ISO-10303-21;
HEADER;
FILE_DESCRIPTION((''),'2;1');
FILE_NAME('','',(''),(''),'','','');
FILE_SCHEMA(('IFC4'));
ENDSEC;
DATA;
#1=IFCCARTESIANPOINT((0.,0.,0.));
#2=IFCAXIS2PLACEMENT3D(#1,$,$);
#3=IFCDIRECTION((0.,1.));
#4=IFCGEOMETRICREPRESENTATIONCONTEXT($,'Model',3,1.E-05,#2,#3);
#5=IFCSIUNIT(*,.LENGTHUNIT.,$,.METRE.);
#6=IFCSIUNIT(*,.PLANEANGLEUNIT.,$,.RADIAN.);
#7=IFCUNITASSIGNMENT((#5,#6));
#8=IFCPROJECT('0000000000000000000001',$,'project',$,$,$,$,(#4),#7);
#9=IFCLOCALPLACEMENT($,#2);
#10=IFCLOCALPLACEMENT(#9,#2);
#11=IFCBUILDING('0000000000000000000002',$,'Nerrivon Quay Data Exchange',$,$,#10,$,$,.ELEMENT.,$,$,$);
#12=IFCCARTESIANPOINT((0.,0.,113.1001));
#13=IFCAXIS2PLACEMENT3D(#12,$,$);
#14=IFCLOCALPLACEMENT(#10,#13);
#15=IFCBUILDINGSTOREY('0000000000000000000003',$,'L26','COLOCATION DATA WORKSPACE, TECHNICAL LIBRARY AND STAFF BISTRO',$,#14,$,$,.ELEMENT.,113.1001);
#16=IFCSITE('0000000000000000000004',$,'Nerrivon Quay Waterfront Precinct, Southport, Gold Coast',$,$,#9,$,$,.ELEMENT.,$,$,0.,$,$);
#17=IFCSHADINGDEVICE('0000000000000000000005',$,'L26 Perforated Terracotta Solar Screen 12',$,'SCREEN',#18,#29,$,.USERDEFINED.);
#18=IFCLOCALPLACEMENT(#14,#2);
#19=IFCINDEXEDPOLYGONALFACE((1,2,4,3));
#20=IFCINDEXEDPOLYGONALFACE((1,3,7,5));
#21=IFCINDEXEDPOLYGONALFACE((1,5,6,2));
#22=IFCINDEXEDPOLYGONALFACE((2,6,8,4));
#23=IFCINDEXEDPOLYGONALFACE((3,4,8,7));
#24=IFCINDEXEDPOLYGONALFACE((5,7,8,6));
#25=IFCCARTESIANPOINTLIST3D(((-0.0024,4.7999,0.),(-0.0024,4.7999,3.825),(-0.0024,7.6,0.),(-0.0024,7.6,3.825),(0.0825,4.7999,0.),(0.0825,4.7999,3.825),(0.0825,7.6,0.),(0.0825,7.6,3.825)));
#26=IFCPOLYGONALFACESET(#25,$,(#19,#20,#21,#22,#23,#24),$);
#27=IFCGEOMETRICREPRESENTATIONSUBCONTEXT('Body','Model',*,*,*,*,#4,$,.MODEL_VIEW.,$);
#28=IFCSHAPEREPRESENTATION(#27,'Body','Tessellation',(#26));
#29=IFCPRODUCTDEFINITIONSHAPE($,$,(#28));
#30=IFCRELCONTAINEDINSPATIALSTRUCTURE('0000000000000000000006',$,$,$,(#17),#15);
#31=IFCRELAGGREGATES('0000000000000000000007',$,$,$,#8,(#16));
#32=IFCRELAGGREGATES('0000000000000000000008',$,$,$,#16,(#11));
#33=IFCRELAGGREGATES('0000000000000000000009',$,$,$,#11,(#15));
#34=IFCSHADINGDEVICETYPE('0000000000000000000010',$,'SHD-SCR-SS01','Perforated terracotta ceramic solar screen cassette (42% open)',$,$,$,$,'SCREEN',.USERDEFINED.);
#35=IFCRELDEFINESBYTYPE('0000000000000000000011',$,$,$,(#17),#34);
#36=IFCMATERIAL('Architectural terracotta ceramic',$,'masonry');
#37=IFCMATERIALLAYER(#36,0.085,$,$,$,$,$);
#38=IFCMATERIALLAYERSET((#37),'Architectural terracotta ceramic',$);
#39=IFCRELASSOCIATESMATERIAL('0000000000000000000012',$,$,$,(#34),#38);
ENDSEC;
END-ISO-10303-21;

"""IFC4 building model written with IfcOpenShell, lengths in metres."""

from ifc_helpers import new_model, si_unit, direction, frame, origin, origin_2d, place, context, subcontext, project, spatial, rectangle, extrude, material, layer, layer_set, type_object, element, save


model = new_model("IFC4")

# Units and contexts
model_context = context("Model", 3, precision=1e-05, world=origin(), true_north=direction((0.0, 1.0)))
body_context = subcontext(model_context, "Body", "Model", "MODEL_VIEW")
ifc_project = project(units=[si_unit("LENGTHUNIT", "METRE"), si_unit("PLANEANGLEUNIT", "RADIAN")], contexts=[model_context])

# Site, building, storey
site_placement = place(None, origin())
site = spatial("IfcSite", under=ifc_project, at=site_placement, Name="Nerrivon Quay Waterfront Precinct, Southport, Gold Coast", CompositionType="ELEMENT", RefElevation=0.0)
building_placement = place(site_placement, origin())
building = spatial("IfcBuilding", under=site, at=building_placement, Name="Nerrivon Quay Data Exchange", CompositionType="ELEMENT")
storey_placement = place(building_placement, frame((0.0, 0.0, 113.1001)))
storey = spatial("IfcBuildingStorey", under=building, at=storey_placement, Name="L26", Description="COLOCATION DATA WORKSPACE, TECHNICAL LIBRARY AND STAFF BISTRO", CompositionType="ELEMENT", Elevation=113.1001)

# Shared definitions
ifc_material_1 = material(Name="Architectural terracotta ceramic", Category="masonry")

# Shading device
ifc_layer_1 = layer(ifc_material_1, 0.085)
ifc_layer_set_1 = layer_set([ifc_layer_1], Name="Architectural terracotta ceramic")
shading_device_type_1 = type_object("IfcShadingDeviceType", Name="SHD-SCR-SS01", Description="Perforated terracotta ceramic solar screen cassette (42% open)", ElementType="SCREEN", PredefinedType="USERDEFINED", material=ifc_layer_set_1)
shading_device_1_placement = place(storey_placement, frame((0.04, 6.2, 0.0), z_axis=(0.0, 0.0, 1.0), x_axis=(0.0, 1.0, 0.0)))
element("IfcShadingDevice", 1, at=shading_device_1_placement, inside=storey, type_object=shading_device_type_1, Name="L26 Perforated Terracotta Solar Screen 12", ObjectType="SCREEN", PredefinedType="USERDEFINED", context=body_context, shape_type="SweptSolid", body=[
    extrude(rectangle(XDim=2.8, YDim=0.085, at=origin_2d()), origin(), (0.0, 0.0, 1.0), 3.825),
])

save(model, "model.ifc")
